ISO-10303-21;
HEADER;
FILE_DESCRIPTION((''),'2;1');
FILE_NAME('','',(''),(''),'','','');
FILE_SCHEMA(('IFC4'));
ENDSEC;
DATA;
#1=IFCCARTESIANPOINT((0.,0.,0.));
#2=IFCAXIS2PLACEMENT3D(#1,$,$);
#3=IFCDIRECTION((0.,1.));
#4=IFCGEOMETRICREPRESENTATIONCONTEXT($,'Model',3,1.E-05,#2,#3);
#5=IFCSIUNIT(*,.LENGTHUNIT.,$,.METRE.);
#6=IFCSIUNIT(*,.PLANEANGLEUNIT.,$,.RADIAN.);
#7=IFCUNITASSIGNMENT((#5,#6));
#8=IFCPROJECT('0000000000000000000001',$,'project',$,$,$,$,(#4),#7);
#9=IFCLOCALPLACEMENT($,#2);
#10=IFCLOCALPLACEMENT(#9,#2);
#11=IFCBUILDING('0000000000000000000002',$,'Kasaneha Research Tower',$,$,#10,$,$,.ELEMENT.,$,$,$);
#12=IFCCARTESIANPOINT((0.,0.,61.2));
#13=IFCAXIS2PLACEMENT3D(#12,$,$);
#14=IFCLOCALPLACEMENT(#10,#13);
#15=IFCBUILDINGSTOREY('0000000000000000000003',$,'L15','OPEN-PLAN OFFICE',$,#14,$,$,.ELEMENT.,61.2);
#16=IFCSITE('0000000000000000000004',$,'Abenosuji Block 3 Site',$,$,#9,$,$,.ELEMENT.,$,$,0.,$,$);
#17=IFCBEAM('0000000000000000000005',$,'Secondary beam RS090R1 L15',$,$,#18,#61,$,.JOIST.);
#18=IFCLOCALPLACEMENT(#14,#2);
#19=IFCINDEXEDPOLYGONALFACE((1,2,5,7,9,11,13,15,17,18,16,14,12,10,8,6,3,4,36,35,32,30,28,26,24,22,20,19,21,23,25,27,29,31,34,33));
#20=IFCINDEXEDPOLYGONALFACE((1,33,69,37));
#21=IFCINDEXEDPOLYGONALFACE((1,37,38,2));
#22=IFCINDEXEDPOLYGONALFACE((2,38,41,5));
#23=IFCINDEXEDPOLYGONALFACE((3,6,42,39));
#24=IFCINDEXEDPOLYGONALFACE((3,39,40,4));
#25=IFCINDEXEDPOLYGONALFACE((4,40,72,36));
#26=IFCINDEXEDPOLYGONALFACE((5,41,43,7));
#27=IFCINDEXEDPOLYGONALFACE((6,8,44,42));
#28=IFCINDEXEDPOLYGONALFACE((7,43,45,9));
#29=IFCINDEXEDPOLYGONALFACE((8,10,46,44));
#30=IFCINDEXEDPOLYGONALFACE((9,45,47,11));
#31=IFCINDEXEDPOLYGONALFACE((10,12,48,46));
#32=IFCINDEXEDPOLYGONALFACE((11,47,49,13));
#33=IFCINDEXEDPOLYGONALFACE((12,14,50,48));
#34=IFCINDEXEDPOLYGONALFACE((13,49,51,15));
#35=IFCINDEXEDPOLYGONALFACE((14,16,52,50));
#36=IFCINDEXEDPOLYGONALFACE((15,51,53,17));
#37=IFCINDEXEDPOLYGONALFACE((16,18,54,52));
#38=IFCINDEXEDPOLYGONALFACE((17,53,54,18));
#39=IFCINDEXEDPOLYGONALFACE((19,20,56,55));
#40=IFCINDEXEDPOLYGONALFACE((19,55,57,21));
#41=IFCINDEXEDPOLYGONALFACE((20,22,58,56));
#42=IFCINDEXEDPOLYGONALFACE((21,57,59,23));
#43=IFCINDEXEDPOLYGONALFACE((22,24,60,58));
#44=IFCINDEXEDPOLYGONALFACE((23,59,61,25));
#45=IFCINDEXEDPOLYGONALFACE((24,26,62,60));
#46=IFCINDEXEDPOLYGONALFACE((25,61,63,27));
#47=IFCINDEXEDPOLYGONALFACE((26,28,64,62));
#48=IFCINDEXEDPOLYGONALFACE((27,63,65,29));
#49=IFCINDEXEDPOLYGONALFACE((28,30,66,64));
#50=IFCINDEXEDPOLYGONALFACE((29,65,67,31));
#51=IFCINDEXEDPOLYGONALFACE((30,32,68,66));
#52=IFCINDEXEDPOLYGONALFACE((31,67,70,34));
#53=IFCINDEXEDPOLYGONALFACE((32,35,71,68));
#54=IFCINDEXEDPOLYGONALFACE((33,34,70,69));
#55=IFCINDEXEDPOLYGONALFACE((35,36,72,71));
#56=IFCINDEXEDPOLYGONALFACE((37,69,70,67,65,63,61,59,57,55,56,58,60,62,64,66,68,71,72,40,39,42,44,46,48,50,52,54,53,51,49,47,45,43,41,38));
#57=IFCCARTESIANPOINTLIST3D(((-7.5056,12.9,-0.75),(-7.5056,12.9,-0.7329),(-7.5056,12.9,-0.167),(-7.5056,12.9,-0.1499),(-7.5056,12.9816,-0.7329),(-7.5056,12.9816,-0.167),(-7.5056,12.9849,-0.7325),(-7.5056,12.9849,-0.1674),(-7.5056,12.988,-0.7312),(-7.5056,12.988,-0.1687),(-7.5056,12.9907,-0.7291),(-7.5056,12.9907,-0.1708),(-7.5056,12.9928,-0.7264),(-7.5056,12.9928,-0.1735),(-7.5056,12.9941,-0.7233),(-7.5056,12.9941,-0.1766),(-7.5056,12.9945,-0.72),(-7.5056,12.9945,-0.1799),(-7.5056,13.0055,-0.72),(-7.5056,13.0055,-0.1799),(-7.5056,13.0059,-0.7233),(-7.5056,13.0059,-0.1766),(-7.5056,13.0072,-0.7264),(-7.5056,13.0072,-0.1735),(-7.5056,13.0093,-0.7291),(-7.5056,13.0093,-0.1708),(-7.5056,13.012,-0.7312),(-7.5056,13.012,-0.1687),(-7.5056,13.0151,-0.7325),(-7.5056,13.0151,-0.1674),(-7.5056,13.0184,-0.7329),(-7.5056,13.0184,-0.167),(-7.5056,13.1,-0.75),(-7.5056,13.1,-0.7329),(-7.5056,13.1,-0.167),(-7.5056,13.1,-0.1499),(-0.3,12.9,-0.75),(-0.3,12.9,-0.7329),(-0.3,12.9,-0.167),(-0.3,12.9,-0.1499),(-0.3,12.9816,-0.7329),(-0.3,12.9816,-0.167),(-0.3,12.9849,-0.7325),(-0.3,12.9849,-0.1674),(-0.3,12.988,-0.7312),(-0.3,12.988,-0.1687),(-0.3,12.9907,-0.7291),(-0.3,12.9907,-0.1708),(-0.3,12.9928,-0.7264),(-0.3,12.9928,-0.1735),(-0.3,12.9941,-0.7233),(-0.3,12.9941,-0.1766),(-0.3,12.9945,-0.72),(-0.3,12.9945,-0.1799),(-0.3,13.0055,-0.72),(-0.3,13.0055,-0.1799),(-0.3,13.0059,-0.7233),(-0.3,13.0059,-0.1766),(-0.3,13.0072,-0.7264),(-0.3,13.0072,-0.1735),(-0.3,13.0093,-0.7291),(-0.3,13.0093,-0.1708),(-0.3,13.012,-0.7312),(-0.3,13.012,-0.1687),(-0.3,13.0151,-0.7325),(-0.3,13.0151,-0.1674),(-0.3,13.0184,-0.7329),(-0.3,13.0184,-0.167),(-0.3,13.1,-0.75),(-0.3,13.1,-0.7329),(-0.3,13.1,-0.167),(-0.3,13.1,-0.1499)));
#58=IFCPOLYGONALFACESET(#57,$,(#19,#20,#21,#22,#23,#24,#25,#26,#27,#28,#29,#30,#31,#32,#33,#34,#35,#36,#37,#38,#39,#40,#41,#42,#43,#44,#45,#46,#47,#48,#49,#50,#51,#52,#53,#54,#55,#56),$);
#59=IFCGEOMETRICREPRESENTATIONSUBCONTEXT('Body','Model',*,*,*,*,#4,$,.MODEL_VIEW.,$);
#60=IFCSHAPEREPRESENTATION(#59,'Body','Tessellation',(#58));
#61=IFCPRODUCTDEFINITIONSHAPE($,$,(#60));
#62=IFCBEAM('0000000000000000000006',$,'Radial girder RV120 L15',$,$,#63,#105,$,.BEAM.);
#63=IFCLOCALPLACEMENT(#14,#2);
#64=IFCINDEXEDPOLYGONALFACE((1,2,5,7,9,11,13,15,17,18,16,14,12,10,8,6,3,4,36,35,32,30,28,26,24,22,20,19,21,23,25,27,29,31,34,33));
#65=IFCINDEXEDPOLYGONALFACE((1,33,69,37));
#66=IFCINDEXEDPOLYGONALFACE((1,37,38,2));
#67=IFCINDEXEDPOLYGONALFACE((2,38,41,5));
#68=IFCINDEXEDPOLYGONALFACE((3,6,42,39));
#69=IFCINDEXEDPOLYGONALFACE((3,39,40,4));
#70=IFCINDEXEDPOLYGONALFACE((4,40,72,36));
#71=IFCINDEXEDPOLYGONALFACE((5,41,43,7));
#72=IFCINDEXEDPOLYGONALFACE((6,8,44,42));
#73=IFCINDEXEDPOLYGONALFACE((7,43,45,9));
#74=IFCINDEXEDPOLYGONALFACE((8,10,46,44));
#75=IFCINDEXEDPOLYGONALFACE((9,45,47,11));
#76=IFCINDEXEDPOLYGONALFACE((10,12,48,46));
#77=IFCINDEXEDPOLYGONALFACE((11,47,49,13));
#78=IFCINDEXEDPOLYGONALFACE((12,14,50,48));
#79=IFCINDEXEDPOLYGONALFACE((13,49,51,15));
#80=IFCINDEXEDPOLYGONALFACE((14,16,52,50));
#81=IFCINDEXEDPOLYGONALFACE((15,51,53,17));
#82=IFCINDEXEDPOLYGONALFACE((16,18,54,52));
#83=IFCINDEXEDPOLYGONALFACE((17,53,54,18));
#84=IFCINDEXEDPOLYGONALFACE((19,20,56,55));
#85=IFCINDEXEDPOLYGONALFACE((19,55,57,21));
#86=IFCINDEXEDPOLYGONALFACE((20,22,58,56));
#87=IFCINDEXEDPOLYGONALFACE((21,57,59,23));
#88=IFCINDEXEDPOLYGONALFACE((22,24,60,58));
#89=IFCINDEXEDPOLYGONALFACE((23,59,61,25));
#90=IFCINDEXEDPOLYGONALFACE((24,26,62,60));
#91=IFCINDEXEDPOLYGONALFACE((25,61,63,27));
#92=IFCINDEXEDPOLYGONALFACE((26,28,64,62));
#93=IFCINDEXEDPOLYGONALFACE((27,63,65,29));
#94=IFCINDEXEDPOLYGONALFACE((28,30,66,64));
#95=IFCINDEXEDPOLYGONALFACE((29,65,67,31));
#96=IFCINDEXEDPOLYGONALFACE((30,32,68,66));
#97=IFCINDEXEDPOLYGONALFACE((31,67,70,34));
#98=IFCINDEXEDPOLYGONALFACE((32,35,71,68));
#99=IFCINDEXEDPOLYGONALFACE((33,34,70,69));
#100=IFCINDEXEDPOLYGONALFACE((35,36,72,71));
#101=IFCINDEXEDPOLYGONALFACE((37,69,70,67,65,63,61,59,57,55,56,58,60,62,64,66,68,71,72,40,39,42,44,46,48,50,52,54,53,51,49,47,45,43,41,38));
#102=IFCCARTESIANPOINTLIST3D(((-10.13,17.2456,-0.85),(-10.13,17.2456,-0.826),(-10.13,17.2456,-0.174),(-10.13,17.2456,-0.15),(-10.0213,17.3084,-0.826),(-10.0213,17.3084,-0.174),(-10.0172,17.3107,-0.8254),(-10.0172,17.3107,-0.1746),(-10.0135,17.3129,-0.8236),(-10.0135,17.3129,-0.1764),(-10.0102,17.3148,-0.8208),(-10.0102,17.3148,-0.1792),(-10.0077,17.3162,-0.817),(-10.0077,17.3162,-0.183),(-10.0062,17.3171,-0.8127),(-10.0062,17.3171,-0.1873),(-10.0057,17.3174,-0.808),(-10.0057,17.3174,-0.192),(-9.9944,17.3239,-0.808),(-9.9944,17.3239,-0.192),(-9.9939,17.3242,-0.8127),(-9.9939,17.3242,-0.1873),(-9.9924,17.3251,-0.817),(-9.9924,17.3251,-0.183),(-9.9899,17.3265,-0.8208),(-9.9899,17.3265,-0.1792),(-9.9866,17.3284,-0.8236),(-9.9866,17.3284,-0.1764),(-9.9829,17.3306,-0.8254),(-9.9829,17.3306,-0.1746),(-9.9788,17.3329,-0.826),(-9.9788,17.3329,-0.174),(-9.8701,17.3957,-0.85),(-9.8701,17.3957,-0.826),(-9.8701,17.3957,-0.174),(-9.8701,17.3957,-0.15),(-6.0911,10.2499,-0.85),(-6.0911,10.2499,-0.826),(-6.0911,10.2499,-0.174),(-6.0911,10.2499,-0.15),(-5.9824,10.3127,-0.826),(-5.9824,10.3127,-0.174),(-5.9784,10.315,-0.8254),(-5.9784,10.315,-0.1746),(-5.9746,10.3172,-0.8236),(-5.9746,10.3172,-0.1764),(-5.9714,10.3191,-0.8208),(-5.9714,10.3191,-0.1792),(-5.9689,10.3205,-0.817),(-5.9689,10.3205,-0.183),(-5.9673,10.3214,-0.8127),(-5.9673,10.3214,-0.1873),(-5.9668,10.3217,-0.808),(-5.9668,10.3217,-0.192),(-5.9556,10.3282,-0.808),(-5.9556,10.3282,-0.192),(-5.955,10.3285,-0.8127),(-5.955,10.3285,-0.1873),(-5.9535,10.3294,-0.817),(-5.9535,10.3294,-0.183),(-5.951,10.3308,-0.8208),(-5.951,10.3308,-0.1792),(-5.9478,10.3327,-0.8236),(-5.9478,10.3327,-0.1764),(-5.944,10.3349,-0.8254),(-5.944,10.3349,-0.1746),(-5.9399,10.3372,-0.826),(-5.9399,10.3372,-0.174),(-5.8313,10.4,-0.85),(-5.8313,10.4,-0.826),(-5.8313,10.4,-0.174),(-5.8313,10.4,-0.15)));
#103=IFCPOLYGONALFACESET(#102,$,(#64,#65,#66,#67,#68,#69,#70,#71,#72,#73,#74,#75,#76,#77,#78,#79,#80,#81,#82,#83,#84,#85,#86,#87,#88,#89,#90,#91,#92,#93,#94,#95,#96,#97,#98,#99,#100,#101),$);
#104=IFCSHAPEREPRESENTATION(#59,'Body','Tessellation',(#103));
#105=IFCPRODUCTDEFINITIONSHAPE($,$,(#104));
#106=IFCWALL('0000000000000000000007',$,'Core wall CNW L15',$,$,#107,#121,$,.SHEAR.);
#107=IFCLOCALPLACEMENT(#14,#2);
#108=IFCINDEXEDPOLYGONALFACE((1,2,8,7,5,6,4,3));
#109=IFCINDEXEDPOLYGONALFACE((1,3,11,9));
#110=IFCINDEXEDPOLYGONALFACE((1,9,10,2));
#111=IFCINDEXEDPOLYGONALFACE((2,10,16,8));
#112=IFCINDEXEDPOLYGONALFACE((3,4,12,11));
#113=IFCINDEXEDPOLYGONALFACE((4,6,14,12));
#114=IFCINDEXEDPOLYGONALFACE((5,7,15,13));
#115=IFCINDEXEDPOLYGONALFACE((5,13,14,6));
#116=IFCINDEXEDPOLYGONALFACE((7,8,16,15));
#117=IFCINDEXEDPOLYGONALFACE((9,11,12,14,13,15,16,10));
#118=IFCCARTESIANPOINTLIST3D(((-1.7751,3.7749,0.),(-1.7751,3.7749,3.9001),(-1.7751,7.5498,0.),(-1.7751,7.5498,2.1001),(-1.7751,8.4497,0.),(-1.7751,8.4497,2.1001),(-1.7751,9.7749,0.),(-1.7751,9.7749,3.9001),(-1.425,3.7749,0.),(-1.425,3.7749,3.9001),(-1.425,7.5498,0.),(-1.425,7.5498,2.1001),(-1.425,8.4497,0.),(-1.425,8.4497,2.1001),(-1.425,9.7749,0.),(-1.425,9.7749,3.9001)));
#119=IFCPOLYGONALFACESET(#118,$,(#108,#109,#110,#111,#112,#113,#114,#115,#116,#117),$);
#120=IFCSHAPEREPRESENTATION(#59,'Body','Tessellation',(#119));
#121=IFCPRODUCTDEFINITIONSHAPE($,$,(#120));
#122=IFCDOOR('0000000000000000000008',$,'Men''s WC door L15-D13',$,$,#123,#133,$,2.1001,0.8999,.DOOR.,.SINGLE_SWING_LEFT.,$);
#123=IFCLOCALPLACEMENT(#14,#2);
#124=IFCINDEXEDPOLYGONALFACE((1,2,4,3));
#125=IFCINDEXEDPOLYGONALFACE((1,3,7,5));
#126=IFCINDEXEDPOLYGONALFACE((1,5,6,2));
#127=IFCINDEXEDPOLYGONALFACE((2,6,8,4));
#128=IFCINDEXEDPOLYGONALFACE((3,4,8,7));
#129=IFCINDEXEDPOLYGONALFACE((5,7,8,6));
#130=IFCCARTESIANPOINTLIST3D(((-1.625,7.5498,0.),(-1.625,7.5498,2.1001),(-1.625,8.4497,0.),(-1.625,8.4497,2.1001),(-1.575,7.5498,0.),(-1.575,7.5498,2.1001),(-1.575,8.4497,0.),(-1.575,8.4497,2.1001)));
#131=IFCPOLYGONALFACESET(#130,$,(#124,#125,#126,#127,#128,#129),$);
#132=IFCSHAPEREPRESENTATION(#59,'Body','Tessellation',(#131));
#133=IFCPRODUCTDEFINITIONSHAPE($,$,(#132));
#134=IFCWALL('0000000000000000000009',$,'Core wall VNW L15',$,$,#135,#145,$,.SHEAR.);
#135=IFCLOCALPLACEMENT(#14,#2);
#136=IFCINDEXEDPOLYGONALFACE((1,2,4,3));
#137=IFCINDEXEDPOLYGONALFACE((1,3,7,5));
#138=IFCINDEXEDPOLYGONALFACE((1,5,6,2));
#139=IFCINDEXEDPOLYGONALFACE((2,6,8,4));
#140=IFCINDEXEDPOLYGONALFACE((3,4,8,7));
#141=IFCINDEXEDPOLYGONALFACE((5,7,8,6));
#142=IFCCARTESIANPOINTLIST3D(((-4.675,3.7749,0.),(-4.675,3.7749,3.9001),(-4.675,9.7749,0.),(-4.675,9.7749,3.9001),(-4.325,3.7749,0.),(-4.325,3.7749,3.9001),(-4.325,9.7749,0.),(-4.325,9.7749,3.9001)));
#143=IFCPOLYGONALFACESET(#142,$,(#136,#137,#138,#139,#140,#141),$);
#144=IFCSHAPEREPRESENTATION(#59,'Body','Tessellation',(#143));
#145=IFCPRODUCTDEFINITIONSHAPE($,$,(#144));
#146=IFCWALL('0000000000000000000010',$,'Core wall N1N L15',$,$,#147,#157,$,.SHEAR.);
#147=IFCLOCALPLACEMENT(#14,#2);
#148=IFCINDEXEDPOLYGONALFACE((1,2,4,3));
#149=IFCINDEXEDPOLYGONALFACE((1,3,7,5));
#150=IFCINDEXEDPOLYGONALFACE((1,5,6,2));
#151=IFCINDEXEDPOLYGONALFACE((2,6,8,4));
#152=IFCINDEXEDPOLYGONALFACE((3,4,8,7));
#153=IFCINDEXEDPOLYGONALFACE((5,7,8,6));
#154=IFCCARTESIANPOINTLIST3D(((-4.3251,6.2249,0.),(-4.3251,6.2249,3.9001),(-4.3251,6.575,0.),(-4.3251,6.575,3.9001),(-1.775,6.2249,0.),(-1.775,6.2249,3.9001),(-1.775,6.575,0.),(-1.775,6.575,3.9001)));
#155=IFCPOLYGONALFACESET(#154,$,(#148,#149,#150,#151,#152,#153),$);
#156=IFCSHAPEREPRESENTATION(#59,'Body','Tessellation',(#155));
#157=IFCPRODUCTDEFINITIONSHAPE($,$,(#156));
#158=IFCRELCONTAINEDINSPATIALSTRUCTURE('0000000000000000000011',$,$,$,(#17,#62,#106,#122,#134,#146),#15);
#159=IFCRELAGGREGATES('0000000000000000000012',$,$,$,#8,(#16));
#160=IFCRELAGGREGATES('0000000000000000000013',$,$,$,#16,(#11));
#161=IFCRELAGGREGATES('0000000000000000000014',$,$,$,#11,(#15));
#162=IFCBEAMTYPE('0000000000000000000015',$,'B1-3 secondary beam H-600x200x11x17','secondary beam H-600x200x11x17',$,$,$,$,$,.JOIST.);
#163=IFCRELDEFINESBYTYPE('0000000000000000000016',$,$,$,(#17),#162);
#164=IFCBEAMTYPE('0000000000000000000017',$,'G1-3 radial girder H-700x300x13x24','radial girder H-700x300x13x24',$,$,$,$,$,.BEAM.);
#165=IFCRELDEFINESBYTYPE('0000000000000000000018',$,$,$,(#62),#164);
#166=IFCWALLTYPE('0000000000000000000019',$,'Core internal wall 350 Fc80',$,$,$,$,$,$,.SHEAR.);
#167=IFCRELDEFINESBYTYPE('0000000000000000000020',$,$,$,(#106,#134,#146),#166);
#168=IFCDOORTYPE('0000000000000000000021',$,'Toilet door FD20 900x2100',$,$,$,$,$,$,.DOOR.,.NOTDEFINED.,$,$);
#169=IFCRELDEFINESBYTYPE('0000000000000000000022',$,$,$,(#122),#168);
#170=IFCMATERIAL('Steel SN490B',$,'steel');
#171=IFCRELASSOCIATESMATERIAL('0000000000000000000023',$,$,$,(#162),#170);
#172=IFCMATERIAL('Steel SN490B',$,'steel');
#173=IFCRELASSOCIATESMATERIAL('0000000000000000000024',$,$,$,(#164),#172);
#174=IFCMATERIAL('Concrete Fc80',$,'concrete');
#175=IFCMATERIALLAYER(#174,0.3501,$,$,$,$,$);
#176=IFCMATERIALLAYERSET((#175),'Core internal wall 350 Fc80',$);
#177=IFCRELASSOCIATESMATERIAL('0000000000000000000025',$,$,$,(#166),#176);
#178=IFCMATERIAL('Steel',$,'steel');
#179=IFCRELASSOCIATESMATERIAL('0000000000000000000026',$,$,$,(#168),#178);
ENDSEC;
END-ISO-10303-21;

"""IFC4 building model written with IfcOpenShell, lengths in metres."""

from ifc_helpers import new_model, si_unit, direction, frame, frame_2d, origin, origin_2d, place, context, subcontext, project, spatial, rectangle, i_section, extrude, material, layer, layer_set, material_profile, profile_set, type_object, element, fill, save


model = new_model("IFC4")

# Units and contexts
model_context = context("Model", 3, precision=1e-05, world=origin(), true_north=direction((0.0, 1.0)))
body_context = subcontext(model_context, "Body", "Model", "MODEL_VIEW")
ifc_project = project(units=[si_unit("LENGTHUNIT", "METRE"), si_unit("PLANEANGLEUNIT", "RADIAN")], contexts=[model_context])

# Site, building, storey
site_placement = place(None, origin())
site = spatial("IfcSite", under=ifc_project, at=site_placement, Name="Abenosuji Block 3 Site", CompositionType="ELEMENT", RefElevation=0.0)
building_placement = place(site_placement, origin())
building = spatial("IfcBuilding", under=site, at=building_placement, Name="Kasaneha Research Tower", CompositionType="ELEMENT")
storey_placement = place(building_placement, frame((0.0, 0.0, 61.2)))
storey = spatial("IfcBuildingStorey", under=building, at=storey_placement, Name="L15", Description="OPEN-PLAN OFFICE", CompositionType="ELEMENT", Elevation=61.2)

# Beams
ifc_material_1 = material(Name="Steel SN490B", Category="steel")
ifc_material_profile_1 = material_profile(ifc_material_1, i_section(OverallWidth=0.2, OverallDepth=0.6001, WebThickness=0.011, FlangeThickness=0.0171, FilletRadius=0.0129, at=origin_2d()), Name="H-600x200x11x17")
ifc_profile_set_1 = profile_set([ifc_material_profile_1], Name="Steel SN490B")
beam_type_1 = type_object("IfcBeamType", Name="B1-3 secondary beam H-600x200x11x17", Description="secondary beam H-600x200x11x17", PredefinedType="JOIST", material=ifc_profile_set_1)
beam_1_placement = place(storey_placement, frame((-7.5056, 13.0, -0.45), z_axis=(1.0, 0.0, 0.0), x_axis=(0.0, 1.0, 0.0)))
element("IfcBeam", 1, at=beam_1_placement, inside=storey, type_object=beam_type_1, Name="Secondary beam RS090R1 L15", PredefinedType="JOIST", context=body_context, shape_type="SweptSolid", body=[
    extrude(i_section(OverallWidth=0.2, OverallDepth=0.6001, WebThickness=0.011, FlangeThickness=0.0171, FilletRadius=0.0129, at=origin_2d()), origin(), (0.0, 0.0, 1.0), 7.2056),
])
ifc_material_2 = material(Name="Steel SN490B", Category="steel")
ifc_material_profile_2 = material_profile(ifc_material_2, i_section(OverallWidth=0.3, OverallDepth=0.7, WebThickness=0.0129, FlangeThickness=0.0239, FilletRadius=0.0181, at=origin_2d()), Name="H-700x300x13x24")
ifc_profile_set_2 = profile_set([ifc_material_profile_2], Name="Steel SN490B")
beam_type_2 = type_object("IfcBeamType", Name="G1-3 radial girder H-700x300x13x24", Description="radial girder H-700x300x13x24", PredefinedType="BEAM", material=ifc_profile_set_2)
beam_2_placement = place(storey_placement, frame((-5.9612, 10.325, -0.5), z_axis=(-0.499991, 0.866031, 0.0), x_axis=(-0.866031, -0.499991, 0.0)))
element("IfcBeam", 2, at=beam_2_placement, inside=storey, type_object=beam_type_2, Name="Radial girder RV120 L15", PredefinedType="BEAM", context=body_context, shape_type="SweptSolid", body=[
    extrude(i_section(OverallWidth=0.3, OverallDepth=0.7, WebThickness=0.0129, FlangeThickness=0.0239, FilletRadius=0.0181, at=origin_2d()), origin(), (0.0, 0.0, 1.0), 8.0779),
])

# Wall, opening, door
ifc_material_3 = material(Name="Concrete Fc80", Category="concrete")
ifc_layer_1 = layer(ifc_material_3, 0.3501)
ifc_layer_set_1 = layer_set([ifc_layer_1], Name="Core internal wall 350 Fc80")
wall_type_1 = type_object("IfcWallType", Name="Core internal wall 350 Fc80", PredefinedType="SHEAR", material=ifc_layer_set_1)
wall_1_placement = place(storey_placement, frame((-1.6001, 3.7749, 0.0), z_axis=(0.0, 0.0, 1.0), x_axis=(0.0, 1.0, 0.0)))
wall_1 = element("IfcWall", 3, at=wall_1_placement, inside=storey, type_object=wall_type_1, Name="Core wall CNW L15", PredefinedType="SHEAR", context=body_context, shape_type="SweptSolid", body=[
    extrude(rectangle(XDim=6.0, YDim=0.3501, at=frame_2d((3.0, 0.0))), origin(), (0.0, 0.0, 1.0), 3.9001),
])
opening_1_placement = place(wall_1_placement, frame((3.7749, 0.0, 0.0)))
opening_1 = element("IfcOpeningElement", 4, at=opening_1_placement, cuts=wall_1, PredefinedType="OPENING", context=body_context, shape_type="SweptSolid", body=[
    extrude(rectangle(XDim=0.8999, YDim=2.1001, at=frame_2d((0.45, 1.05))), frame((0.0, 0.1851, 0.0), z_axis=(0.0, -1.0, 0.0), x_axis=(1.0, 0.0, 0.0)), (0.0, 0.0, 1.0), 0.3701),
])
ifc_material_4 = material(Name="Steel", Category="steel")
door_type_1 = type_object("IfcDoorType", Name="Toilet door FD20 900x2100", OperationType="NOTDEFINED", PredefinedType="DOOR", material=ifc_material_4)
door_1_placement = place(opening_1_placement, origin())
door_1 = element("IfcDoor", 5, at=door_1_placement, inside=storey, type_object=door_type_1, Name="Men's WC door L15-D13", OperationType="SINGLE_SWING_LEFT", OverallHeight=2.1001, OverallWidth=0.8999, PredefinedType="DOOR", context=body_context, shape_type="SweptSolid", body=[
    extrude(rectangle(XDim=0.8999, YDim=2.1001, at=frame_2d((0.45, 1.05))), frame((0.0, 0.0249, 0.0), z_axis=(0.0, -1.0, 0.0), x_axis=(1.0, 0.0, 0.0)), (0.0, 0.0, 1.0), 0.05),
])
fill(opening_1, door_1)

# Walls
wall_2_placement = place(storey_placement, frame((-4.5, 3.7749, 0.0), z_axis=(0.0, 0.0, 1.0), x_axis=(0.0, 1.0, 0.0)))
element("IfcWall", 6, at=wall_2_placement, inside=storey, type_object=wall_type_1, Name="Core wall VNW L15", PredefinedType="SHEAR", context=body_context, shape_type="SweptSolid", body=[
    extrude(rectangle(XDim=6.0, YDim=0.3501, at=frame_2d((3.0, 0.0))), origin(), (0.0, 0.0, 1.0), 3.9001),
])
wall_3_placement = place(storey_placement, frame((-4.325, 6.3999, 0.0), z_axis=(0.0, 0.0, 1.0), x_axis=(1.0, 0.0, 0.0)))
element("IfcWall", 7, at=wall_3_placement, inside=storey, type_object=wall_type_1, Name="Core wall N1N L15", PredefinedType="SHEAR", context=body_context, shape_type="SweptSolid", body=[
    extrude(rectangle(XDim=2.55, YDim=0.3501, at=frame_2d((1.2749, 0.0))), origin(), (0.0, 0.0, 1.0), 3.9001),
])

save(model, "model.ifc")
